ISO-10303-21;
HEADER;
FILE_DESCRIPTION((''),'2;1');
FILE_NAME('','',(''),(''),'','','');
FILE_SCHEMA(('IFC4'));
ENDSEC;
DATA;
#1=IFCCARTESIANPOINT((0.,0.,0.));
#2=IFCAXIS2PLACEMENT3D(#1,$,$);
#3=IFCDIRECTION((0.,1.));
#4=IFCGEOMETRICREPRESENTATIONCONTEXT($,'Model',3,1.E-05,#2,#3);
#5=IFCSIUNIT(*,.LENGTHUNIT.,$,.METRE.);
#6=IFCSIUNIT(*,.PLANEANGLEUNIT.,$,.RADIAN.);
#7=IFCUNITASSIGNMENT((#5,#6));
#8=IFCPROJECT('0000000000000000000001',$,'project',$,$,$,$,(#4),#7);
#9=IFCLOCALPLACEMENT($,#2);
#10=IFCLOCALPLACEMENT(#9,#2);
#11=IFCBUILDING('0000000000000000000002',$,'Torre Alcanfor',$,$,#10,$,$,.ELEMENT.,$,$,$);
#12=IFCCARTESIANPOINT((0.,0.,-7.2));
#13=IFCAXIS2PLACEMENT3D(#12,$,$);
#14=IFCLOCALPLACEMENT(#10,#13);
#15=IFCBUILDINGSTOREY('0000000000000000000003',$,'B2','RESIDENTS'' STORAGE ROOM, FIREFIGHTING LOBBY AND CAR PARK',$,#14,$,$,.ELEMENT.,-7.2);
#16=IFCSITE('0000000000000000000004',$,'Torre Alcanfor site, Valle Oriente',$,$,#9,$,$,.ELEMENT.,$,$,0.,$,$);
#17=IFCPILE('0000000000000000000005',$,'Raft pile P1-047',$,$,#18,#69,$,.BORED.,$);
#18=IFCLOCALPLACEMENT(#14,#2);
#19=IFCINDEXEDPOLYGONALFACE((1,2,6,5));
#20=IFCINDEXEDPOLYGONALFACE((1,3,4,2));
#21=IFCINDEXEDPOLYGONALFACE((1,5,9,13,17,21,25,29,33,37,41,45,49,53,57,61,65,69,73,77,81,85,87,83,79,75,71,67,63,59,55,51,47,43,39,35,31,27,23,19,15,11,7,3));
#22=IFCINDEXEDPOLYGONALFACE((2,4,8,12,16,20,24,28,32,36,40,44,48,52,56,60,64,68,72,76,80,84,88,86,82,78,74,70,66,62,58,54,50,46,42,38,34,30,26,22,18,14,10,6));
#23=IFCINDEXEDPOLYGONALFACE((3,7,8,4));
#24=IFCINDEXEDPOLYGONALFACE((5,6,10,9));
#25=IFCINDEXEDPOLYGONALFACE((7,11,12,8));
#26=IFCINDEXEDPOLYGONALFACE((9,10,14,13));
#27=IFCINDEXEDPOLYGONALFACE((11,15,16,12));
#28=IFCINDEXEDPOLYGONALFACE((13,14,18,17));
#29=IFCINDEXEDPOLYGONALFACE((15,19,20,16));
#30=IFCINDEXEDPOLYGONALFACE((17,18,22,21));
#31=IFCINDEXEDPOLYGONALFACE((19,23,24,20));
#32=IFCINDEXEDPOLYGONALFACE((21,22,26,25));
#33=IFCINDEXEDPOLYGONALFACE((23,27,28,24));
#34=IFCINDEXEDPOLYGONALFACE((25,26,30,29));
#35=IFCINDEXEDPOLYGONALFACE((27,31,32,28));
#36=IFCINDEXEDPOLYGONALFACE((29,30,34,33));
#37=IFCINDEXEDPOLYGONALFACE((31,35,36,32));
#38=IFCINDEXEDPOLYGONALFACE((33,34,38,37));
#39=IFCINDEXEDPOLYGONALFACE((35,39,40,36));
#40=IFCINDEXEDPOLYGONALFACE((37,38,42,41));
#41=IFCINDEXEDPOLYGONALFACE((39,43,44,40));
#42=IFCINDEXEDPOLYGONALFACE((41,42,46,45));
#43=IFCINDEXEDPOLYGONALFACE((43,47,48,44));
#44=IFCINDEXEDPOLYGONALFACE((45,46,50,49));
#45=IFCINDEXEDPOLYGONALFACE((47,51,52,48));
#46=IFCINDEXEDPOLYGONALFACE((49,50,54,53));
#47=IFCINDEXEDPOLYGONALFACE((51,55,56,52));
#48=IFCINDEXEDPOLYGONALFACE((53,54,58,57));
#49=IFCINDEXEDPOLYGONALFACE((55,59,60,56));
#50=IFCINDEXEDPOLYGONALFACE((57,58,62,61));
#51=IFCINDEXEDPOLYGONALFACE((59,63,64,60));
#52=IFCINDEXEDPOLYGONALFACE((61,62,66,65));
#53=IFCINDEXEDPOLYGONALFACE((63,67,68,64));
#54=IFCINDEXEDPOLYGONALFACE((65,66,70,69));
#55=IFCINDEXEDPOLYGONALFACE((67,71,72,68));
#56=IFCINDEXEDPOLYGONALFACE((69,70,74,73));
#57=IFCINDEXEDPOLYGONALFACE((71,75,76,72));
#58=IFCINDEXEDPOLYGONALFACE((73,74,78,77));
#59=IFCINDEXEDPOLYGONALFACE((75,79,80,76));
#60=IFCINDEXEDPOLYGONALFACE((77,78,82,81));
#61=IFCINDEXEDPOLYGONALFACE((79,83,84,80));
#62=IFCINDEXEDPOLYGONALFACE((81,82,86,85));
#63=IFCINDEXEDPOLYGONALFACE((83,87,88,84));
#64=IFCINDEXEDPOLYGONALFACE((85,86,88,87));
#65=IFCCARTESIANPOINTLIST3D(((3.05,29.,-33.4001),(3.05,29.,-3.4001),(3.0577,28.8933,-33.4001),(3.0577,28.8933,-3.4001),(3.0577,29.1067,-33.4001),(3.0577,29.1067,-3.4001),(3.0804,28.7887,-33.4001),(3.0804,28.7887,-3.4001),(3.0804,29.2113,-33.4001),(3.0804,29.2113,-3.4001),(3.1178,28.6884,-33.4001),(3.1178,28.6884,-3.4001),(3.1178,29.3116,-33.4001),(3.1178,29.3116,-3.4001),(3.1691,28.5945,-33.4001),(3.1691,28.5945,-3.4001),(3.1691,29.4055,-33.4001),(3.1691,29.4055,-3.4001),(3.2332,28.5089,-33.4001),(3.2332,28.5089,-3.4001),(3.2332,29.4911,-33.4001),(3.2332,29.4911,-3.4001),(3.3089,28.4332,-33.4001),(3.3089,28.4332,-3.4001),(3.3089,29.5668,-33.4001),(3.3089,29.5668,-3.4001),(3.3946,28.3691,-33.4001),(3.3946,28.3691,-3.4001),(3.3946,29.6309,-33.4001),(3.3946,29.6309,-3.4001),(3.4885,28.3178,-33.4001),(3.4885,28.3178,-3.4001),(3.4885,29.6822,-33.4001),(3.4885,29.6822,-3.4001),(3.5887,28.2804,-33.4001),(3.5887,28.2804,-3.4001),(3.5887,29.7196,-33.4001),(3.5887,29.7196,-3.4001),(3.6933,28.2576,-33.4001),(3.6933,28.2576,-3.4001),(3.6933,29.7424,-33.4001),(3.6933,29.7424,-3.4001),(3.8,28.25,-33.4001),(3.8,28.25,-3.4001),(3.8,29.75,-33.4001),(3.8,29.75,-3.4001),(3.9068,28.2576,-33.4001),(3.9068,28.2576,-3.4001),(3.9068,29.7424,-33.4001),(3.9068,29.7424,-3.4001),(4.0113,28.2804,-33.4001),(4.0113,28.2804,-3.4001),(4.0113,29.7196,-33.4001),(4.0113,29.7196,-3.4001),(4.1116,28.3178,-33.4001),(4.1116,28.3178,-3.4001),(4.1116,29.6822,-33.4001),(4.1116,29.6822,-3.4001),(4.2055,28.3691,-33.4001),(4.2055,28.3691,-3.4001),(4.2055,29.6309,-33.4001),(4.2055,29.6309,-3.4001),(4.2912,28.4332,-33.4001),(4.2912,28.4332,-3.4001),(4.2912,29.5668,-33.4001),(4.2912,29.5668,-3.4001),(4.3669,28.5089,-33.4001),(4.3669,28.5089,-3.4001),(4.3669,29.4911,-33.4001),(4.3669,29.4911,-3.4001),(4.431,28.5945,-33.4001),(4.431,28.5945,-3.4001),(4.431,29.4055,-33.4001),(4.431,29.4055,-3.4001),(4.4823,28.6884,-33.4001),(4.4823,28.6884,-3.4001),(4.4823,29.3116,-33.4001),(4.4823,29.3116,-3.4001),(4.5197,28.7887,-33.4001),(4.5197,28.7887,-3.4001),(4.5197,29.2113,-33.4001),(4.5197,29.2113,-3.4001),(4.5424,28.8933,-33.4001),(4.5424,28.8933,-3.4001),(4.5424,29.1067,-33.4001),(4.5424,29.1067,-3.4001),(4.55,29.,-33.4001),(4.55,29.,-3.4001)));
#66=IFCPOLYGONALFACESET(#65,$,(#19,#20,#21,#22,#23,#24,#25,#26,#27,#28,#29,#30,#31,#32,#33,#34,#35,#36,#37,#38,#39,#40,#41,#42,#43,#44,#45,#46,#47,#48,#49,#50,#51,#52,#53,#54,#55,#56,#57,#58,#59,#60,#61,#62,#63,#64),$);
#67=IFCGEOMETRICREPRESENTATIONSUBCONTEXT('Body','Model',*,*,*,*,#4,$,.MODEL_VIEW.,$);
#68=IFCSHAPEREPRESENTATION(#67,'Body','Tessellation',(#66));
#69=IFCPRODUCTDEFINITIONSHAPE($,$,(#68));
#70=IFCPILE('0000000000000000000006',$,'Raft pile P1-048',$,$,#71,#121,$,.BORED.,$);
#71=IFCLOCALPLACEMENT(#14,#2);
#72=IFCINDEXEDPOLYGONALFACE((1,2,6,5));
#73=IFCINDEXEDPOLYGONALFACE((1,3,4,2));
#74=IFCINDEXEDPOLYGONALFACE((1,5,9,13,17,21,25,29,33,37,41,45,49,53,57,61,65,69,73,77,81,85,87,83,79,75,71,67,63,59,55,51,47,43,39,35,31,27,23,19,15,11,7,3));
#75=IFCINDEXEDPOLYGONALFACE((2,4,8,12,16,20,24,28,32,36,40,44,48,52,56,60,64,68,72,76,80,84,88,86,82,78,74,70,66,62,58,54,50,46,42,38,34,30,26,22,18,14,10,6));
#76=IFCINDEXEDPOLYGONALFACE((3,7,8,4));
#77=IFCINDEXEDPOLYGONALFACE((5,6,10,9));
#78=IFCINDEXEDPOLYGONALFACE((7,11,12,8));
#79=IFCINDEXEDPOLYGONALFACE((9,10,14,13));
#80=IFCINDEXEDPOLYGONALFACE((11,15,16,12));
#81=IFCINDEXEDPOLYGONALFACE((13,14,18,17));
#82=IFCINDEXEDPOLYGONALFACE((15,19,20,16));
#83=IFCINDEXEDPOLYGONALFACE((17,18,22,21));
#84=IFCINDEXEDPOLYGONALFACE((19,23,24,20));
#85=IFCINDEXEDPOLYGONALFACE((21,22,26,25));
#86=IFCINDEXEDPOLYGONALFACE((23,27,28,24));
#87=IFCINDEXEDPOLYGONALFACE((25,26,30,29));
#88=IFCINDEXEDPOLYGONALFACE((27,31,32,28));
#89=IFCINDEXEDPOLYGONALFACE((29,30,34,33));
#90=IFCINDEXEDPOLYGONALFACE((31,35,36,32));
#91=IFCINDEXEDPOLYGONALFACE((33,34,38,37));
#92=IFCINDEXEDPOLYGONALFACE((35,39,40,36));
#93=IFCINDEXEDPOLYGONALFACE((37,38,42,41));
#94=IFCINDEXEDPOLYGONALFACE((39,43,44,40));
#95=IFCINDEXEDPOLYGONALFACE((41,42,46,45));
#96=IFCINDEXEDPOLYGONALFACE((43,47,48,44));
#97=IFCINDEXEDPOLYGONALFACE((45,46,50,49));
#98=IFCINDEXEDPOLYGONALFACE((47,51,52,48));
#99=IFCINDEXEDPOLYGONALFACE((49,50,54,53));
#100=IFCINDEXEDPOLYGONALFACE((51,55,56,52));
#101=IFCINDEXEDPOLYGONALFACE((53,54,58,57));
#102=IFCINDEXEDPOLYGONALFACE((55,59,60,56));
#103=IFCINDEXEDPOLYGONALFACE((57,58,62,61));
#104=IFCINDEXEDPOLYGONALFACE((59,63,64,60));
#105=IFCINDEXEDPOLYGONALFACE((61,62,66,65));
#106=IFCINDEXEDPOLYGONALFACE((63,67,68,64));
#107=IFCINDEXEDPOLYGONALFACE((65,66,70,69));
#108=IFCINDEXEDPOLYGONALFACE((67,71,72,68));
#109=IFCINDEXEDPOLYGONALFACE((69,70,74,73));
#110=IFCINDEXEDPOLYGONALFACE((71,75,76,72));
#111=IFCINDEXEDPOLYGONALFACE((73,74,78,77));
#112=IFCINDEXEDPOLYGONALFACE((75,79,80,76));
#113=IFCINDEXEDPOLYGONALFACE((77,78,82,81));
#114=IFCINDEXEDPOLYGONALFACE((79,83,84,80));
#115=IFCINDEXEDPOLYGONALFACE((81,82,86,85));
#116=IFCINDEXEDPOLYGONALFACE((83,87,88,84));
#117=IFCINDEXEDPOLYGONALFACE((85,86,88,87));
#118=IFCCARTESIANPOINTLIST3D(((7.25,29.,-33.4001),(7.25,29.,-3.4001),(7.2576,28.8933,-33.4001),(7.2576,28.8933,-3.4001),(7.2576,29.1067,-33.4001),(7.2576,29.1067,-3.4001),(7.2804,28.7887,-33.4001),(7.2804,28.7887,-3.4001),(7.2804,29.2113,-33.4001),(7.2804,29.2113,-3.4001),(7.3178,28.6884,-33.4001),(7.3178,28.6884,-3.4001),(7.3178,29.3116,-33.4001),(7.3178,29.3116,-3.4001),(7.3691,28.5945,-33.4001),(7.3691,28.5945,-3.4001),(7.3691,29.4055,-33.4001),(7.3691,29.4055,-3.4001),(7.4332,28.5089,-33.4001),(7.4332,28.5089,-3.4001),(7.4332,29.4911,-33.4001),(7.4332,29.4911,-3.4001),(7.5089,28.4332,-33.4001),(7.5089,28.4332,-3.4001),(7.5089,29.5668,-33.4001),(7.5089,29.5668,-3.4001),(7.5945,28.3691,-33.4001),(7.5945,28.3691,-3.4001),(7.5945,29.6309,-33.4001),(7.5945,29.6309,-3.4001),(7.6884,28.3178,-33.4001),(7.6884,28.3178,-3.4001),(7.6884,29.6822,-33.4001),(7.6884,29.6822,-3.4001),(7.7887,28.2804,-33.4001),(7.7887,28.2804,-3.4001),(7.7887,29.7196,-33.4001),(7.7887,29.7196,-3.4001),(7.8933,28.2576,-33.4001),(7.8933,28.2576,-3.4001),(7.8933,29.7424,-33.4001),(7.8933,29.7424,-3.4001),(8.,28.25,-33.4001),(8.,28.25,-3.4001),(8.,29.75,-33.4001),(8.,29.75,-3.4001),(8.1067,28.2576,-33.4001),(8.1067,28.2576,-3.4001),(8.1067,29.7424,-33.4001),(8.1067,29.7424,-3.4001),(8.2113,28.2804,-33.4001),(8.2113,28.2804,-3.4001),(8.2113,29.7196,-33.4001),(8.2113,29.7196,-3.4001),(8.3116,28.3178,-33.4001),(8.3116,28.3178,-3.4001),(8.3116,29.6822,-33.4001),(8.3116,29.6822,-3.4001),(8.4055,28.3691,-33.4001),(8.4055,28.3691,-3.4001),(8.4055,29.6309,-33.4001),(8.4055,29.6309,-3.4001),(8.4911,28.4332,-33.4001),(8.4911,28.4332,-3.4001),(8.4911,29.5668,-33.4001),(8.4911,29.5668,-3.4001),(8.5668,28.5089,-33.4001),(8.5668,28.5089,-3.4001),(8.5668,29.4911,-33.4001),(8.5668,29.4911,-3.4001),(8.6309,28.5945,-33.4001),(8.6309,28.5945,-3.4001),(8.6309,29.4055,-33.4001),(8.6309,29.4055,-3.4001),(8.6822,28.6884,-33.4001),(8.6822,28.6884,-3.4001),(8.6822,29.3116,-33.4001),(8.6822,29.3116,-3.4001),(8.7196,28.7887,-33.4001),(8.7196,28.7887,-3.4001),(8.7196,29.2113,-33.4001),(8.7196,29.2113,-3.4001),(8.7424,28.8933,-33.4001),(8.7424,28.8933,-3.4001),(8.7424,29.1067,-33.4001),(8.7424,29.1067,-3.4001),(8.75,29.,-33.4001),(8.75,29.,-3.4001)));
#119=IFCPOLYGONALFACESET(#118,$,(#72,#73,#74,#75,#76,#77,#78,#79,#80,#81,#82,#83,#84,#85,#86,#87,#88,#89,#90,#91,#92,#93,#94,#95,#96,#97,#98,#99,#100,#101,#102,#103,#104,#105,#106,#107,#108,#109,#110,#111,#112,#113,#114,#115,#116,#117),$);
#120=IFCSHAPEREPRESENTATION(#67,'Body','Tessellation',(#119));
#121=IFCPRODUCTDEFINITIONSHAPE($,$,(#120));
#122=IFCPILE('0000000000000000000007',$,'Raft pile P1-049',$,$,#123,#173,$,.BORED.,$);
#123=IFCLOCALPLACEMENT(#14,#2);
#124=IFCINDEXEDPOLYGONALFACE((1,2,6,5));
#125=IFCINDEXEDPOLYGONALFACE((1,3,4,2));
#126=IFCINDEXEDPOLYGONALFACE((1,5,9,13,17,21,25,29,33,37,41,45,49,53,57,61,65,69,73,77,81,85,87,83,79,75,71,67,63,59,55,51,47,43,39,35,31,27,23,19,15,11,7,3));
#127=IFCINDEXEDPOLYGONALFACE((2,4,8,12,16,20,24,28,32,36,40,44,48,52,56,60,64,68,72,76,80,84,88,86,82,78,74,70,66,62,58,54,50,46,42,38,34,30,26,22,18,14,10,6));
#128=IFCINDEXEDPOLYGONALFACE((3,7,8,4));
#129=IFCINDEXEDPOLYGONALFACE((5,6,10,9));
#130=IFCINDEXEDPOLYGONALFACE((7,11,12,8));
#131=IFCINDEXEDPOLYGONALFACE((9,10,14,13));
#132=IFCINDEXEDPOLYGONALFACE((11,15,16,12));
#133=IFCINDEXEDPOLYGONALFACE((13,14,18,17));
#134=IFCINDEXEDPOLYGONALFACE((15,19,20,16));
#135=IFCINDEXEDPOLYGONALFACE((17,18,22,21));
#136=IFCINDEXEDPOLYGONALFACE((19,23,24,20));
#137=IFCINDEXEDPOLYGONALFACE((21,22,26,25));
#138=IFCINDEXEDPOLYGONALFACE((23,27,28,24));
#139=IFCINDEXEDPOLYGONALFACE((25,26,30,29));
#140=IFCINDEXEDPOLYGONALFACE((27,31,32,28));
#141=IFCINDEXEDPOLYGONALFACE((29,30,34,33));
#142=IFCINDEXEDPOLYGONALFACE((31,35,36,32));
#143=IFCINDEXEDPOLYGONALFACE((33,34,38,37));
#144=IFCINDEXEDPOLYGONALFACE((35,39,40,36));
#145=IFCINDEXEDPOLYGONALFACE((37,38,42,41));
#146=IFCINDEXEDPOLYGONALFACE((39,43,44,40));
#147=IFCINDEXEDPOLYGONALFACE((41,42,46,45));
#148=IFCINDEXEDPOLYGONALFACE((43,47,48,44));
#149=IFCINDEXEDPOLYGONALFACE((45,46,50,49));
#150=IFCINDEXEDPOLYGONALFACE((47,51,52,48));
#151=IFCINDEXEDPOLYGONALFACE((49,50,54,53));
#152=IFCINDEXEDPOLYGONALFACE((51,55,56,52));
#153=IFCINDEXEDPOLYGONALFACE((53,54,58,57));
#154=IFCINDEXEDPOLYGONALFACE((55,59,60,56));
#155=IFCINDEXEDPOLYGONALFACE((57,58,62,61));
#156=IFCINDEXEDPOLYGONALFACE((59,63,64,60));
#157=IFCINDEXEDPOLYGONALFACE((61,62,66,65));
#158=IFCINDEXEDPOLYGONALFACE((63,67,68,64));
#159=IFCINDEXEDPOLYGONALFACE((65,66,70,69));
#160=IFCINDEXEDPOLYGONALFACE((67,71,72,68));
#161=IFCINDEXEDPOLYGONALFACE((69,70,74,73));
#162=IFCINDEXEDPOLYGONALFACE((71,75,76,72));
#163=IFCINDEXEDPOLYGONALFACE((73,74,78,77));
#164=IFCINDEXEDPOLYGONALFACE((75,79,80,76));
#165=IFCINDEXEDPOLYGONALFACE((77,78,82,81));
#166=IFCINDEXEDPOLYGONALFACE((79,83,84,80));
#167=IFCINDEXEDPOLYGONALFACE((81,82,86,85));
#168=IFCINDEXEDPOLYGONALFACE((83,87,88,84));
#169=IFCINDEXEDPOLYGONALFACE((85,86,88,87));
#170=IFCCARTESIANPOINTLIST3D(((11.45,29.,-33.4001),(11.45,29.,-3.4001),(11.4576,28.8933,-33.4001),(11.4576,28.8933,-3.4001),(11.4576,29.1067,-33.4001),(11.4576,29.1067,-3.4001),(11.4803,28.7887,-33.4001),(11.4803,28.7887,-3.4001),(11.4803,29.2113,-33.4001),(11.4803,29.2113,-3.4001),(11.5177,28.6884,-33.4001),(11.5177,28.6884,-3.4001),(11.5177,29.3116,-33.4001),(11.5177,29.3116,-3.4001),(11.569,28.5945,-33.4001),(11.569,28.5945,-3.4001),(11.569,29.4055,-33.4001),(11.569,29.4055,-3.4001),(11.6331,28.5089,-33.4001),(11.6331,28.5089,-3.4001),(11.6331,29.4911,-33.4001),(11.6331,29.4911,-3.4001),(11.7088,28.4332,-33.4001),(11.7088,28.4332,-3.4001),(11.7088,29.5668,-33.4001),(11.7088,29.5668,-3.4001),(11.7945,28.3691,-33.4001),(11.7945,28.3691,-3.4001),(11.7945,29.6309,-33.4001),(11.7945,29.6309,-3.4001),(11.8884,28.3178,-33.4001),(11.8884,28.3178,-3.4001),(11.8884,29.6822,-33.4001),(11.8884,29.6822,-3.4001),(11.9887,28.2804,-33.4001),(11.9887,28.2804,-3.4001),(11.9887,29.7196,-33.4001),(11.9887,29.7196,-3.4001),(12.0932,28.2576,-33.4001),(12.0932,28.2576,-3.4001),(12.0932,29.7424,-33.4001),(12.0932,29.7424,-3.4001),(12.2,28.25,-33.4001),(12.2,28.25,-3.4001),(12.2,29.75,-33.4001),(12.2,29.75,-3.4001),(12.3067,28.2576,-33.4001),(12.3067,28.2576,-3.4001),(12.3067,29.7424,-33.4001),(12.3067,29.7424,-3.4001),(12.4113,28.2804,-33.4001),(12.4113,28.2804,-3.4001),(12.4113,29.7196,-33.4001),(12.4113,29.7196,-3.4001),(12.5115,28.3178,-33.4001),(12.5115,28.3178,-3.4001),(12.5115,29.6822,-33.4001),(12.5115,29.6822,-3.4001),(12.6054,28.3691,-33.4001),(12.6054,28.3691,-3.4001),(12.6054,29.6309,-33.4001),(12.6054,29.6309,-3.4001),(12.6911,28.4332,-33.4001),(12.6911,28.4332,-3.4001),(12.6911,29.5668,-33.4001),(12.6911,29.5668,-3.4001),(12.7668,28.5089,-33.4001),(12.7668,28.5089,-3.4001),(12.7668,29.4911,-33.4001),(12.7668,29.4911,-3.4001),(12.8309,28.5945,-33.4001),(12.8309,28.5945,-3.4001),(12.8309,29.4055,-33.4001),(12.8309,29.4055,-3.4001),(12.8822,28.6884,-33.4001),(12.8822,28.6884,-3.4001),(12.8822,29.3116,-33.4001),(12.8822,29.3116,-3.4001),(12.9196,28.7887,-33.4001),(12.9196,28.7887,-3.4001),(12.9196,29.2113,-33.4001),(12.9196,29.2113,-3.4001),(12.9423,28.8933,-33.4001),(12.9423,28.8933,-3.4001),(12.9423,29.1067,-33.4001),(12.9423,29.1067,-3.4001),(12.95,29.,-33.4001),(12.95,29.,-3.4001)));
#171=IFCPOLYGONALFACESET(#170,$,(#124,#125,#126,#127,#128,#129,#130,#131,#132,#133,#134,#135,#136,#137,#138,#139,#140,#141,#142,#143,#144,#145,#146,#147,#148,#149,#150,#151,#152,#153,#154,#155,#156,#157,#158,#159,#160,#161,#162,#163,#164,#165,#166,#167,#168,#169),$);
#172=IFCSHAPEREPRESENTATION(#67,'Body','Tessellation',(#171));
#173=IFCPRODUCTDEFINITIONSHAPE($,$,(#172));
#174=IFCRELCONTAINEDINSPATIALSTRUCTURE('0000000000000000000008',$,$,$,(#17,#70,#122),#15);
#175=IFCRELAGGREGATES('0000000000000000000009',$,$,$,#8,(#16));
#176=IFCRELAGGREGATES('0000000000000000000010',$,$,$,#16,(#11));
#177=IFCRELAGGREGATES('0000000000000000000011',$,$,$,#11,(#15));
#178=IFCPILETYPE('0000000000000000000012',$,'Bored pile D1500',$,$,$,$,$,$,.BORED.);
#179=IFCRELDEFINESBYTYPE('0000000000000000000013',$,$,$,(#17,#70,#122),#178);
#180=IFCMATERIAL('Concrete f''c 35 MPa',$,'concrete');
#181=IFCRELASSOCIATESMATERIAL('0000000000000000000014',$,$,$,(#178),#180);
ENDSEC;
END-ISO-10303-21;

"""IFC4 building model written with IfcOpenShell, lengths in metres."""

from ifc_helpers import new_model, si_unit, direction, frame, origin, origin_2d, place, context, subcontext, project, spatial, circle, extrude, material, material_profile, profile_set, type_object, element, save


model = new_model("IFC4")

# Units and contexts
model_context = context("Model", 3, precision=1e-05, world=origin(), true_north=direction((0.0, 1.0)))
body_context = subcontext(model_context, "Body", "Model", "MODEL_VIEW")
ifc_project = project(units=[si_unit("LENGTHUNIT", "METRE"), si_unit("PLANEANGLEUNIT", "RADIAN")], contexts=[model_context])

# Site, building, storey
site_placement = place(None, origin())
site = spatial("IfcSite", under=ifc_project, at=site_placement, Name="Torre Alcanfor site, Valle Oriente", CompositionType="ELEMENT", RefElevation=0.0)
building_placement = place(site_placement, origin())
building = spatial("IfcBuilding", under=site, at=building_placement, Name="Torre Alcanfor", CompositionType="ELEMENT")
storey_placement = place(building_placement, frame((0.0, 0.0, -7.2)))
storey = spatial("IfcBuildingStorey", under=building, at=storey_placement, Name="B2", Description="RESIDENTS' STORAGE ROOM, FIREFIGHTING LOBBY AND CAR PARK", CompositionType="ELEMENT", Elevation=-7.2)

# Piles
ifc_material_1 = material(Name="Concrete f'c 35 MPa", Category="concrete")
ifc_material_profile_1 = material_profile(ifc_material_1, circle(Radius=0.75, at=origin_2d()), Name="D1500")
ifc_profile_set_1 = profile_set([ifc_material_profile_1], Name="Concrete f'c 35 MPa")
pile_type = type_object("IfcPileType", Name="Bored pile D1500", PredefinedType="BORED", material=ifc_profile_set_1)
for number, where, z_axis, x_axis, name in (
    (1, (3.8, 29.0, -3.4001), (0.0, 0.0, -1.0), (1.0, 0.0, 0.0), "Raft pile P1-047"),
    (2, (8.0, 29.0, -3.4001), (0.0, 0.0, -1.0), (1.0, 0.0, 0.0), "Raft pile P1-048"),
    (3, (12.2, 29.0, -3.4001), (0.0, 0.0, -1.0), (1.0, 0.0, 0.0), "Raft pile P1-049"),
):
    element("IfcPile", number, at=place(storey_placement, frame(where, z_axis=z_axis, x_axis=x_axis)), inside=storey, type_object=pile_type, Name=name, PredefinedType="BORED", context=body_context, shape_type="SweptSolid", body=[
        extrude(circle(Radius=0.75, at=origin_2d()), origin(), (0.0, 0.0, 1.0), 30.0),
    ])

save(model, "model.ifc")
